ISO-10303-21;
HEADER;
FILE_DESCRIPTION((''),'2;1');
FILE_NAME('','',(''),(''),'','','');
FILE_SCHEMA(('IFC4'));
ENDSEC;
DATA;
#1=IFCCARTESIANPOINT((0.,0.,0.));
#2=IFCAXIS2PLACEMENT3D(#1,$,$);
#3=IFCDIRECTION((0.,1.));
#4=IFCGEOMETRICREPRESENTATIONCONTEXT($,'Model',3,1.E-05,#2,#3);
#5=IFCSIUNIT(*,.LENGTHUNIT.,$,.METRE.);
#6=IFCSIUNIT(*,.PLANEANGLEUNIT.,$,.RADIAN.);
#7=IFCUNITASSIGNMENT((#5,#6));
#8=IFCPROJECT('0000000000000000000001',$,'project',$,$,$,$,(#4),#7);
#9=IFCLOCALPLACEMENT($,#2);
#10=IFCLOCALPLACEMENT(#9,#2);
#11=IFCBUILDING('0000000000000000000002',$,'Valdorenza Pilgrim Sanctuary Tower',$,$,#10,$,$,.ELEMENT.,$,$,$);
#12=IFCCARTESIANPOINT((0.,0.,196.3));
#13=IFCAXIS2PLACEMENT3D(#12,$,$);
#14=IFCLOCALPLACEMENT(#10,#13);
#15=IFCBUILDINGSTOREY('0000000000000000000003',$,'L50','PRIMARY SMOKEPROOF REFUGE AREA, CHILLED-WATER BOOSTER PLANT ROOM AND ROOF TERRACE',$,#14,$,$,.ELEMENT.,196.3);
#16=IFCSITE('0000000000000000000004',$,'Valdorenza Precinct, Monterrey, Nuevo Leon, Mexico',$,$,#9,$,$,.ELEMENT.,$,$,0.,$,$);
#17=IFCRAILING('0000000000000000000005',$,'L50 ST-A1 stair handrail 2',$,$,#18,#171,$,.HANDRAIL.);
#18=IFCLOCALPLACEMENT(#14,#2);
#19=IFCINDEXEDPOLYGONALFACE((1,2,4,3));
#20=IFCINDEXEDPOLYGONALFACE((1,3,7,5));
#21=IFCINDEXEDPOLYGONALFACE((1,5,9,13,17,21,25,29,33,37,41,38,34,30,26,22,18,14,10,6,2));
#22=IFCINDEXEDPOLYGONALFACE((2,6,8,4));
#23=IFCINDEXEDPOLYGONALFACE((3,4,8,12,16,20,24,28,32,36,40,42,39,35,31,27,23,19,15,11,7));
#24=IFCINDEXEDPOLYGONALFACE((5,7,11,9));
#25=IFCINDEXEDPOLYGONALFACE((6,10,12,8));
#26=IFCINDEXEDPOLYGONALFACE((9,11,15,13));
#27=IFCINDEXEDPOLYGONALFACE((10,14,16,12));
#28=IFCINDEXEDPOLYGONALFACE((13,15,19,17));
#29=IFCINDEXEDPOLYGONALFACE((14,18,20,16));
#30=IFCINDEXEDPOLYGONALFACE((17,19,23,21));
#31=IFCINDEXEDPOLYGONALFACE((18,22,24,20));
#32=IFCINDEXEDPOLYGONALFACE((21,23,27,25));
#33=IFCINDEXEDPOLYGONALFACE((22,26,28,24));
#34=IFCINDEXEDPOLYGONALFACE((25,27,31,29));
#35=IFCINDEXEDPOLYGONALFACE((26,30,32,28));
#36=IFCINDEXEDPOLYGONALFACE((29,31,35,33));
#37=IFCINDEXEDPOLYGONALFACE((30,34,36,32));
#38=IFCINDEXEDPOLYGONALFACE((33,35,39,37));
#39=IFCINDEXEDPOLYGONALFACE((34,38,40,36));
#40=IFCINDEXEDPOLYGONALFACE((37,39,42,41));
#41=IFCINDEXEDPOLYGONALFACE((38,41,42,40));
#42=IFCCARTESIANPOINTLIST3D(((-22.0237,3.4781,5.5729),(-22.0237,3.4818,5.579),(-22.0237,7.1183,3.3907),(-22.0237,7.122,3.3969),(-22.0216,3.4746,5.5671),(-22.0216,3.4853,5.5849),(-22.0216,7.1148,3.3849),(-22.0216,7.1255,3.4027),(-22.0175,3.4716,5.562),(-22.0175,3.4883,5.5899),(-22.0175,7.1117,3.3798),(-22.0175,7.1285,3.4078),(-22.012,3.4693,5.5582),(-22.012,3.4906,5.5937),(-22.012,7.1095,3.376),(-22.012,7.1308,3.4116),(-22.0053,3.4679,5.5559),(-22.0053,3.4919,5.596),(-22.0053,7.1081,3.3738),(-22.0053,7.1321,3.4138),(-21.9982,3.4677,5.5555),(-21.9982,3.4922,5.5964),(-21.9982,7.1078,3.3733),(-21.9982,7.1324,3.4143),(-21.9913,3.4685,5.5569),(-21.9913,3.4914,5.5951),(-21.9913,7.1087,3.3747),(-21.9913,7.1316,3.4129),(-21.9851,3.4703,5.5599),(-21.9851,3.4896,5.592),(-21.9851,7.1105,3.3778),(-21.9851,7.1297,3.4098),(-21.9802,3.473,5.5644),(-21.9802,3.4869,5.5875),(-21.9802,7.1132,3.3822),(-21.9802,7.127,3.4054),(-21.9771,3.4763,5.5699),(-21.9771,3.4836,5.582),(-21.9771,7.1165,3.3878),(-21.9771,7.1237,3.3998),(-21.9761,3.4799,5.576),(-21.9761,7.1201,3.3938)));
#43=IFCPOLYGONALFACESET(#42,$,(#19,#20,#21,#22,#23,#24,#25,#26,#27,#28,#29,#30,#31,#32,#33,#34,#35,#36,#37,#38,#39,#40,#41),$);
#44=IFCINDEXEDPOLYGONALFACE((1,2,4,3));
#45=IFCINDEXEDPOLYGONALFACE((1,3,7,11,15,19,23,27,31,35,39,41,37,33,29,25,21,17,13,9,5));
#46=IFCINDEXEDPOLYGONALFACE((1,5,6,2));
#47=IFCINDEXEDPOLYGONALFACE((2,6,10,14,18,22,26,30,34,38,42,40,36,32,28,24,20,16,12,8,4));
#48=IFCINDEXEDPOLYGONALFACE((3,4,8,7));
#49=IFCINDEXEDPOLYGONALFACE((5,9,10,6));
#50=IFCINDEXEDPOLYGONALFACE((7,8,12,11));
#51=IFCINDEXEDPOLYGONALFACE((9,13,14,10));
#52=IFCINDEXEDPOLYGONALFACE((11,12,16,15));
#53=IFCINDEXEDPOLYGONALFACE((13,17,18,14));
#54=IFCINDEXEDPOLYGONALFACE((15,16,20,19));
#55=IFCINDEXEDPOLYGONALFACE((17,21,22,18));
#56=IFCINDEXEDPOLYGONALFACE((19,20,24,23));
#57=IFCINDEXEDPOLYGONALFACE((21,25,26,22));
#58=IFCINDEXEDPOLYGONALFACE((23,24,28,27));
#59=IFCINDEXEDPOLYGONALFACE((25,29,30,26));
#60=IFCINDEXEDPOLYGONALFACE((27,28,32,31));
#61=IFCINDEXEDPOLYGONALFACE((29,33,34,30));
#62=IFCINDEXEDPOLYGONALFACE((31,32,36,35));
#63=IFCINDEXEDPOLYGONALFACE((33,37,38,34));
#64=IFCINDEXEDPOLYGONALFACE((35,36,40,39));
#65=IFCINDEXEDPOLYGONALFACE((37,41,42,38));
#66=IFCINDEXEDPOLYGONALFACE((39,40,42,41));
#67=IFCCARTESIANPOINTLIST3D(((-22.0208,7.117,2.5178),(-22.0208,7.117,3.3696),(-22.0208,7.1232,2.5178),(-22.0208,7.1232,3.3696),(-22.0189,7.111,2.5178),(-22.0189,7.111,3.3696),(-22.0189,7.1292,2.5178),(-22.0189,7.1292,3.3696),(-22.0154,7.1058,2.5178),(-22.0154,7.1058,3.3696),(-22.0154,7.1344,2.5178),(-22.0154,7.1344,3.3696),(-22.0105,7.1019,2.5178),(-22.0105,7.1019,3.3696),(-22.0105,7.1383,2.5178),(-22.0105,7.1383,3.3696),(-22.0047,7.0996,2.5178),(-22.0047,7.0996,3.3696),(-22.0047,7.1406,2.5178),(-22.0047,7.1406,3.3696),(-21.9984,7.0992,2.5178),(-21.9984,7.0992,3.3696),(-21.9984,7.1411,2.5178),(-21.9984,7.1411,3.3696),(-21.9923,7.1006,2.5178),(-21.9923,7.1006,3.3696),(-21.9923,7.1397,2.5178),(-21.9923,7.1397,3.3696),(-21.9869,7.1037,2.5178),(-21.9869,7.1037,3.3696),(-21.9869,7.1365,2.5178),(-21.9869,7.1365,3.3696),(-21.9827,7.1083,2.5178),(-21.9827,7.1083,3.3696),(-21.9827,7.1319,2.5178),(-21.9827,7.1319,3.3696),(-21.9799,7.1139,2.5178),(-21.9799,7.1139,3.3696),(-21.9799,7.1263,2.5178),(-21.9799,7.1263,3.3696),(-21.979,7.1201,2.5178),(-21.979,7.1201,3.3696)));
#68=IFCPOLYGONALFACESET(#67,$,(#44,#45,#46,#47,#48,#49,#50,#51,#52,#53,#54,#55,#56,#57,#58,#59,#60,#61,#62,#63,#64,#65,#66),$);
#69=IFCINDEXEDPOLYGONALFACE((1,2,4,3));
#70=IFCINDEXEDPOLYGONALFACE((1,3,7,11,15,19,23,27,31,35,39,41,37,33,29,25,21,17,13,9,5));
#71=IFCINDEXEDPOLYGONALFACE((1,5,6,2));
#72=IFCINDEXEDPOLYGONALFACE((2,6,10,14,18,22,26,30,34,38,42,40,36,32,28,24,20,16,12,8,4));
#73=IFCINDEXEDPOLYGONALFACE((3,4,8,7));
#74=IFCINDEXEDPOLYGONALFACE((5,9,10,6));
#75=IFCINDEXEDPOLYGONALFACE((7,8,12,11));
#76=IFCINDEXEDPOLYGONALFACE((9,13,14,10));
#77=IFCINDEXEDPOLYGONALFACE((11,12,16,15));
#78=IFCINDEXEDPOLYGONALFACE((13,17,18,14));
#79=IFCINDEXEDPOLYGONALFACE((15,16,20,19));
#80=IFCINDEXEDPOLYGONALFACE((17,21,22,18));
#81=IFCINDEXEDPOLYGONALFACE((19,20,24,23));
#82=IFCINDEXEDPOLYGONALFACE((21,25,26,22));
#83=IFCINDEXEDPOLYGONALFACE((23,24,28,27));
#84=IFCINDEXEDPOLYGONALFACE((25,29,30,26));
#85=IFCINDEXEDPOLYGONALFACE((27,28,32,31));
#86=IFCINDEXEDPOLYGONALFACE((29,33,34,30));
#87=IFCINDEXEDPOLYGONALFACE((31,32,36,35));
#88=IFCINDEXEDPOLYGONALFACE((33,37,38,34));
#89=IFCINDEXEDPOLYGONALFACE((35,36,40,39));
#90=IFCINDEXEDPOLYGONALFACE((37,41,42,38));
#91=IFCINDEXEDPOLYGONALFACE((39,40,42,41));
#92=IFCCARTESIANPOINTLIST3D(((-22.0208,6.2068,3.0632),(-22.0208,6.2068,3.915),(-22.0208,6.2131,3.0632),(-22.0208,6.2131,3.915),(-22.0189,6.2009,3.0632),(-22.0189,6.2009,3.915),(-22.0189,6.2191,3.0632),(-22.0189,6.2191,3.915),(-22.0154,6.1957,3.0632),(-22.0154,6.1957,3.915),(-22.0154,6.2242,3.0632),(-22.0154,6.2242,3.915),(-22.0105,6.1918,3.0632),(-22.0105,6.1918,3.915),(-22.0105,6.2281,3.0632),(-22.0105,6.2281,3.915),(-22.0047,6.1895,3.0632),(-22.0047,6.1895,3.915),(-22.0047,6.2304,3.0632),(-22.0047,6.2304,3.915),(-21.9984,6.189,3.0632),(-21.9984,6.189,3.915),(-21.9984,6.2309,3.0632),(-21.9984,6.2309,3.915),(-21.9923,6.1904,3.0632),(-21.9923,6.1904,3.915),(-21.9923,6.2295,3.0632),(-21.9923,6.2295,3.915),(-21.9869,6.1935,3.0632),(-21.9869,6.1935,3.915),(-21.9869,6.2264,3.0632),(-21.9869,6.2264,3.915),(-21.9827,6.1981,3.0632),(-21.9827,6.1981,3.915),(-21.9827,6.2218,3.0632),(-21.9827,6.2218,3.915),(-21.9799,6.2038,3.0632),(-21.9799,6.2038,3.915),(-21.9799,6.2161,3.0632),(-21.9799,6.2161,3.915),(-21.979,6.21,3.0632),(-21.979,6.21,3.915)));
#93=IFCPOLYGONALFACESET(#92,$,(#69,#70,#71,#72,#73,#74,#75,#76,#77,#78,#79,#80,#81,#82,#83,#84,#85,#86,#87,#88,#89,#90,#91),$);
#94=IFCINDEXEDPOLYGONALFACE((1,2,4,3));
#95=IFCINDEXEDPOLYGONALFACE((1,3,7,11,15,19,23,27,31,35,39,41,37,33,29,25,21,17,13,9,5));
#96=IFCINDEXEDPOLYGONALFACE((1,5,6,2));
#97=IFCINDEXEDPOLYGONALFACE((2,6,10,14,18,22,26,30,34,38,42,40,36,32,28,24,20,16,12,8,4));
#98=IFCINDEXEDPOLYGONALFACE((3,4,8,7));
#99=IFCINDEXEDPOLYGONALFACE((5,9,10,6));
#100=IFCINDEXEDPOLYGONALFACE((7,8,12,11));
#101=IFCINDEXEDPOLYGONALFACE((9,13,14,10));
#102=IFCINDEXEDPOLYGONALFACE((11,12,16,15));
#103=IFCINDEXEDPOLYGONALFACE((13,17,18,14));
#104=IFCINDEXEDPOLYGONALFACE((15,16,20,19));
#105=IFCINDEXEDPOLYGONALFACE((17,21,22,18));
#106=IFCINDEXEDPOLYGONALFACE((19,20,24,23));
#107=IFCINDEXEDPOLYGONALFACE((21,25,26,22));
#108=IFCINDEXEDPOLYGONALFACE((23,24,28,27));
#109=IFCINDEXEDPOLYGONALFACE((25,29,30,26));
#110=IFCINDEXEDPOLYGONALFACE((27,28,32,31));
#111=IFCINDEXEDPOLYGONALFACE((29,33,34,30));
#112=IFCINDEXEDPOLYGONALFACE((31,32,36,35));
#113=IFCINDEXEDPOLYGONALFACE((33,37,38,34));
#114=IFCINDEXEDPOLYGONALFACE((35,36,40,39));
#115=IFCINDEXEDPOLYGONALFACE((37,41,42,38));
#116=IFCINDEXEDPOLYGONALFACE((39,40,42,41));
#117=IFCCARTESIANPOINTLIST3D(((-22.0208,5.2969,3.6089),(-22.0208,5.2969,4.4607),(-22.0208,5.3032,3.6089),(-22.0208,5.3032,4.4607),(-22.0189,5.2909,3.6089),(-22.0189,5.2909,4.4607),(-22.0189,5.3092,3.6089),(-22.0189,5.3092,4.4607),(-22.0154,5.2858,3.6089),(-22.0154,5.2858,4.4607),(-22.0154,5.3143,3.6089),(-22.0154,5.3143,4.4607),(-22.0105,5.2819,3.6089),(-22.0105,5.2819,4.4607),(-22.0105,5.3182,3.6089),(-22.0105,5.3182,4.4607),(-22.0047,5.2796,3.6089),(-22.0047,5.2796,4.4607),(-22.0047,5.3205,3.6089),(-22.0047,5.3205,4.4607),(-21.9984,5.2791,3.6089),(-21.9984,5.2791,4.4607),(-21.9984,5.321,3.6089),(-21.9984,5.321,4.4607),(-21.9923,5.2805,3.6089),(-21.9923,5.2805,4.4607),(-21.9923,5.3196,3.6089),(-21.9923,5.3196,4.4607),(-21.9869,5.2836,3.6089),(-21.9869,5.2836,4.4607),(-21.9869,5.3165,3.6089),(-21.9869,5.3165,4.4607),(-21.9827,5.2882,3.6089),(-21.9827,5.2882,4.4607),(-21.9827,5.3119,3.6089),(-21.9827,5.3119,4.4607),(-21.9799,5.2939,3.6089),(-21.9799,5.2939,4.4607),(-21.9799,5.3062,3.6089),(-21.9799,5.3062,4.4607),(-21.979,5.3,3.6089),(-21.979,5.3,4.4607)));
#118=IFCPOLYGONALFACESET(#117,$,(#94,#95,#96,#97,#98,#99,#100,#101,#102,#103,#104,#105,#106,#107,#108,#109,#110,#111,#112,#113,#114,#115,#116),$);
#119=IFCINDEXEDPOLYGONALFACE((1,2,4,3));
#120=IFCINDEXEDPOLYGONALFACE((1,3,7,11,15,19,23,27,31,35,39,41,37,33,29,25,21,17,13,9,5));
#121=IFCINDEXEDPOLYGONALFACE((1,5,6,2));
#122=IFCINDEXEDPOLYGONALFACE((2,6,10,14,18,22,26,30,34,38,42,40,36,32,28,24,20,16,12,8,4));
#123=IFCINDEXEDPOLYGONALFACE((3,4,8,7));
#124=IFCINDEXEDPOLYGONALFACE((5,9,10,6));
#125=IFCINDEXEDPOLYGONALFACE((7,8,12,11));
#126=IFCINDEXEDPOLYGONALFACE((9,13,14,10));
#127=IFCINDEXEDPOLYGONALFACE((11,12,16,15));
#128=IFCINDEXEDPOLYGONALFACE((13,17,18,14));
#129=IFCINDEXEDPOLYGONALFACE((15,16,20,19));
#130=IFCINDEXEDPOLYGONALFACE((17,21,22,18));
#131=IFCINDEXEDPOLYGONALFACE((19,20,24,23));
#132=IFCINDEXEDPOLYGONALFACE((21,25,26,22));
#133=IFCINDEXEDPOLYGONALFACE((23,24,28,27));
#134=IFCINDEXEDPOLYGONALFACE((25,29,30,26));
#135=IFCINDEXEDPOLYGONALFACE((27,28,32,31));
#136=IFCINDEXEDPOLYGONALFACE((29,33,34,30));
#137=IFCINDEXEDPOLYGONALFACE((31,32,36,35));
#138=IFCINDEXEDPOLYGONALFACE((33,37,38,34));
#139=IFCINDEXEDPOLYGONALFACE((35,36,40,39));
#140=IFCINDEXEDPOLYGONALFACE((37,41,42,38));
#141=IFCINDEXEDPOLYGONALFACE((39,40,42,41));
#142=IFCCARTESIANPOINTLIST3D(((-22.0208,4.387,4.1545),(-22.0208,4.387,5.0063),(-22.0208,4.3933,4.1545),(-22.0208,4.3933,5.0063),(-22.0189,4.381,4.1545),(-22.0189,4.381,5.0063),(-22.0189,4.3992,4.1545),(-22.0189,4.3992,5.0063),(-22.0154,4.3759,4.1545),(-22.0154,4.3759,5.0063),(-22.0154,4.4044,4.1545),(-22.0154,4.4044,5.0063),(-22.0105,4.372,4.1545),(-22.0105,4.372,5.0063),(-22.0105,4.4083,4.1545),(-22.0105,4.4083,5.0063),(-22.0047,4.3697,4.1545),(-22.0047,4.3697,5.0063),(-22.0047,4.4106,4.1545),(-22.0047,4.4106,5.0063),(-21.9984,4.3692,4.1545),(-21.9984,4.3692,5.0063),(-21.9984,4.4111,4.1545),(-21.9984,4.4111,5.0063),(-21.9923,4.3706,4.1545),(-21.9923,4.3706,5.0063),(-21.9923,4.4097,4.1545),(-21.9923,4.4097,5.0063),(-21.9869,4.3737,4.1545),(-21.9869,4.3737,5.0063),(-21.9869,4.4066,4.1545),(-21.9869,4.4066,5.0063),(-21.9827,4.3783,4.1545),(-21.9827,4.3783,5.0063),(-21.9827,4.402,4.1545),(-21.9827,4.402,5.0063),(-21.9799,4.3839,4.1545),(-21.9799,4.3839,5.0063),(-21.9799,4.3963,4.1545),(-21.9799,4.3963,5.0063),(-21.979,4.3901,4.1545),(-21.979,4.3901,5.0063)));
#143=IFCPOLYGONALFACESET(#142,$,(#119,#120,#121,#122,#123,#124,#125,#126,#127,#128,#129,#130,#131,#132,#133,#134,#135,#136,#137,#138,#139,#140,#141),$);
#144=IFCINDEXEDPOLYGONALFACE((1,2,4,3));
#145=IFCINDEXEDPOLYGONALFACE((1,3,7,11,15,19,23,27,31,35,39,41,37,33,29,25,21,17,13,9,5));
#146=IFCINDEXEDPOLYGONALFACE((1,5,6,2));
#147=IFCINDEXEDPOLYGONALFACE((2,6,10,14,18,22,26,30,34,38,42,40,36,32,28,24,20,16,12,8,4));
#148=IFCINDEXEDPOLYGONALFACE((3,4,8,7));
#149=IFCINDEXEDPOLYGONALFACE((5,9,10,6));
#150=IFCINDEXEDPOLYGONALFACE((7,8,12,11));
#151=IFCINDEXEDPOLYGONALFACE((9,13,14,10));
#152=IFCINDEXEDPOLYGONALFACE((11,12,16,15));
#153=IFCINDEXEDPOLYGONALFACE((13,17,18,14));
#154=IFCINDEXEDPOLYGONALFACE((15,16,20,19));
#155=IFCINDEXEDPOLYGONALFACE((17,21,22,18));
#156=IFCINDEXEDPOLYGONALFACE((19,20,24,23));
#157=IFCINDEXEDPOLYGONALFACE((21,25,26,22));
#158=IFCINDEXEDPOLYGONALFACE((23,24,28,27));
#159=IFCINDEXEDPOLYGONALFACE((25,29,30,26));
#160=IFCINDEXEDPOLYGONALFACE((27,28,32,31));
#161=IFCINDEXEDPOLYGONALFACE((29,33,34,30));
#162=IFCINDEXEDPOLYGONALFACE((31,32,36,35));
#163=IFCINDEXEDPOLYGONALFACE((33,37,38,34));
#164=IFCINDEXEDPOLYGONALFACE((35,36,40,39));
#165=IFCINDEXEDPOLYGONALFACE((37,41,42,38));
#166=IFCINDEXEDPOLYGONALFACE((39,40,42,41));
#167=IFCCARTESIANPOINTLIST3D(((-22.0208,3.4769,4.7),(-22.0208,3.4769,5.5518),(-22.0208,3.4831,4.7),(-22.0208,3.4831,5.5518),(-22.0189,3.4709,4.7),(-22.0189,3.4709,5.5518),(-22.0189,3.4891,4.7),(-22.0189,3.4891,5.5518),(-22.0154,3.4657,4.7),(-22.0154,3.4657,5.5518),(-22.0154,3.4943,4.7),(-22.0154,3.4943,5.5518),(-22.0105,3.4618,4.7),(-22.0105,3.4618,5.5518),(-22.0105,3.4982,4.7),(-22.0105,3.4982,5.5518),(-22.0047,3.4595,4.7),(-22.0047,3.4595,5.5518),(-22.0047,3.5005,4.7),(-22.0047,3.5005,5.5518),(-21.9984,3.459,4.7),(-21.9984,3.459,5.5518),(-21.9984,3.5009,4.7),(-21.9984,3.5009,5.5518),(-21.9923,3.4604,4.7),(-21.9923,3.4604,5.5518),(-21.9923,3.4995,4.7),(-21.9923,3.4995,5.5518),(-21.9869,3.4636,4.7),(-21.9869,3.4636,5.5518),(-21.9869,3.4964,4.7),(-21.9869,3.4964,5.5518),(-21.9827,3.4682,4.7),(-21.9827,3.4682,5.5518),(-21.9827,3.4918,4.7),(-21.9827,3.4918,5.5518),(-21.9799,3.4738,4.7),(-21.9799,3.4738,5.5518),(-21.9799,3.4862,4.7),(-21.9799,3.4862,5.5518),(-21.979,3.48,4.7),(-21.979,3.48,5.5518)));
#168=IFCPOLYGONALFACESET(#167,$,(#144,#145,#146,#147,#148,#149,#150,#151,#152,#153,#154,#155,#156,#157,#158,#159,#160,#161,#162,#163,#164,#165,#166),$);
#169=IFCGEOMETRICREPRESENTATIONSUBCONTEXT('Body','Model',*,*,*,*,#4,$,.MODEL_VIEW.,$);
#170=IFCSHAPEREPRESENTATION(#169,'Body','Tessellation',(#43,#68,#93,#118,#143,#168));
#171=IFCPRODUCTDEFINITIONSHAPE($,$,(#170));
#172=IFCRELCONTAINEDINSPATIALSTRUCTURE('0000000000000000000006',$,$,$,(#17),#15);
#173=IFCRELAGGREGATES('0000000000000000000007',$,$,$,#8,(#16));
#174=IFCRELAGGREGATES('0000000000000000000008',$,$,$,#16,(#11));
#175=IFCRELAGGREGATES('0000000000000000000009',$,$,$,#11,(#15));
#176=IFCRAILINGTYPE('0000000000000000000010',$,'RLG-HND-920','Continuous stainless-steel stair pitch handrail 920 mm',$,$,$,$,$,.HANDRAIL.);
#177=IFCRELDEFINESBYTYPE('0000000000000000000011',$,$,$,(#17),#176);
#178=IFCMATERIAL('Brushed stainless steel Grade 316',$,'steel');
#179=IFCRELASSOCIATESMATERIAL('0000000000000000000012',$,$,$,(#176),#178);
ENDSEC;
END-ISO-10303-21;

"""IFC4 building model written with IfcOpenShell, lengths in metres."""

from ifc_helpers import new_model, si_unit, direction, frame, origin, origin_2d, place, context, subcontext, project, spatial, circle, extrude, material, type_object, element, save


model = new_model("IFC4")

# Units and contexts
model_context = context("Model", 3, precision=1e-05, world=origin(), true_north=direction((0.0, 1.0)))
body_context = subcontext(model_context, "Body", "Model", "MODEL_VIEW")
ifc_project = project(units=[si_unit("LENGTHUNIT", "METRE"), si_unit("PLANEANGLEUNIT", "RADIAN")], contexts=[model_context])

# Site, building, storey
site_placement = place(None, origin())
site = spatial("IfcSite", under=ifc_project, at=site_placement, Name="Valdorenza Precinct, Monterrey, Nuevo Leon, Mexico", CompositionType="ELEMENT", RefElevation=0.0)
building_placement = place(site_placement, origin())
building = spatial("IfcBuilding", under=site, at=building_placement, Name="Valdorenza Pilgrim Sanctuary Tower", CompositionType="ELEMENT")
storey_placement = place(building_placement, frame((0.0, 0.0, 196.3)))
storey = spatial("IfcBuildingStorey", under=building, at=storey_placement, Name="L50", Description="PRIMARY SMOKEPROOF REFUGE AREA, CHILLED-WATER BOOSTER PLANT ROOM AND ROOF TERRACE", CompositionType="ELEMENT", Elevation=196.3)

# Railing
ifc_material_1 = material(Name="Brushed stainless steel Grade 316", Category="steel")
railing_type_1 = type_object("IfcRailingType", Name="RLG-HND-920", Description="Continuous stainless-steel stair pitch handrail 920 mm", PredefinedType="HANDRAIL", material=ifc_material_1)
railing_1_placement = place(storey_placement, frame((-22.0, 7.1201, 2.5178)))
element("IfcRailing", 1, at=railing_1_placement, inside=storey, type_object=railing_type_1, Name="L50 ST-A1 stair handrail 2", PredefinedType="HANDRAIL", context=body_context, shape_type="SweptSolid", body=[
    extrude(circle(Radius=0.0239, at=origin_2d()), frame((0.0, 0.0, 0.876), z_axis=(0.0, -0.857696, 0.514157), x_axis=(1.0, 0.0, 0.0)), (0.0, 0.0, 1.0), 4.2441),
    extrude(circle(Radius=0.021, at=origin_2d()), origin(), (0.0, 0.0, 1.0), 0.8518),
    extrude(circle(Radius=0.021, at=origin_2d()), frame((0.0, -0.9102, 0.5454)), (0.0, 0.0, 1.0), 0.8518),
    extrude(circle(Radius=0.021, at=origin_2d()), frame((0.0, -1.8201, 1.0911)), (0.0, 0.0, 1.0), 0.8518),
    extrude(circle(Radius=0.021, at=origin_2d()), frame((0.0, -2.73, 1.6367)), (0.0, 0.0, 1.0), 0.8518),
    extrude(circle(Radius=0.021, at=origin_2d()), frame((0.0, -3.6401, 2.1821)), (0.0, 0.0, 1.0), 0.8518),
])

save(model, "model.ifc")
